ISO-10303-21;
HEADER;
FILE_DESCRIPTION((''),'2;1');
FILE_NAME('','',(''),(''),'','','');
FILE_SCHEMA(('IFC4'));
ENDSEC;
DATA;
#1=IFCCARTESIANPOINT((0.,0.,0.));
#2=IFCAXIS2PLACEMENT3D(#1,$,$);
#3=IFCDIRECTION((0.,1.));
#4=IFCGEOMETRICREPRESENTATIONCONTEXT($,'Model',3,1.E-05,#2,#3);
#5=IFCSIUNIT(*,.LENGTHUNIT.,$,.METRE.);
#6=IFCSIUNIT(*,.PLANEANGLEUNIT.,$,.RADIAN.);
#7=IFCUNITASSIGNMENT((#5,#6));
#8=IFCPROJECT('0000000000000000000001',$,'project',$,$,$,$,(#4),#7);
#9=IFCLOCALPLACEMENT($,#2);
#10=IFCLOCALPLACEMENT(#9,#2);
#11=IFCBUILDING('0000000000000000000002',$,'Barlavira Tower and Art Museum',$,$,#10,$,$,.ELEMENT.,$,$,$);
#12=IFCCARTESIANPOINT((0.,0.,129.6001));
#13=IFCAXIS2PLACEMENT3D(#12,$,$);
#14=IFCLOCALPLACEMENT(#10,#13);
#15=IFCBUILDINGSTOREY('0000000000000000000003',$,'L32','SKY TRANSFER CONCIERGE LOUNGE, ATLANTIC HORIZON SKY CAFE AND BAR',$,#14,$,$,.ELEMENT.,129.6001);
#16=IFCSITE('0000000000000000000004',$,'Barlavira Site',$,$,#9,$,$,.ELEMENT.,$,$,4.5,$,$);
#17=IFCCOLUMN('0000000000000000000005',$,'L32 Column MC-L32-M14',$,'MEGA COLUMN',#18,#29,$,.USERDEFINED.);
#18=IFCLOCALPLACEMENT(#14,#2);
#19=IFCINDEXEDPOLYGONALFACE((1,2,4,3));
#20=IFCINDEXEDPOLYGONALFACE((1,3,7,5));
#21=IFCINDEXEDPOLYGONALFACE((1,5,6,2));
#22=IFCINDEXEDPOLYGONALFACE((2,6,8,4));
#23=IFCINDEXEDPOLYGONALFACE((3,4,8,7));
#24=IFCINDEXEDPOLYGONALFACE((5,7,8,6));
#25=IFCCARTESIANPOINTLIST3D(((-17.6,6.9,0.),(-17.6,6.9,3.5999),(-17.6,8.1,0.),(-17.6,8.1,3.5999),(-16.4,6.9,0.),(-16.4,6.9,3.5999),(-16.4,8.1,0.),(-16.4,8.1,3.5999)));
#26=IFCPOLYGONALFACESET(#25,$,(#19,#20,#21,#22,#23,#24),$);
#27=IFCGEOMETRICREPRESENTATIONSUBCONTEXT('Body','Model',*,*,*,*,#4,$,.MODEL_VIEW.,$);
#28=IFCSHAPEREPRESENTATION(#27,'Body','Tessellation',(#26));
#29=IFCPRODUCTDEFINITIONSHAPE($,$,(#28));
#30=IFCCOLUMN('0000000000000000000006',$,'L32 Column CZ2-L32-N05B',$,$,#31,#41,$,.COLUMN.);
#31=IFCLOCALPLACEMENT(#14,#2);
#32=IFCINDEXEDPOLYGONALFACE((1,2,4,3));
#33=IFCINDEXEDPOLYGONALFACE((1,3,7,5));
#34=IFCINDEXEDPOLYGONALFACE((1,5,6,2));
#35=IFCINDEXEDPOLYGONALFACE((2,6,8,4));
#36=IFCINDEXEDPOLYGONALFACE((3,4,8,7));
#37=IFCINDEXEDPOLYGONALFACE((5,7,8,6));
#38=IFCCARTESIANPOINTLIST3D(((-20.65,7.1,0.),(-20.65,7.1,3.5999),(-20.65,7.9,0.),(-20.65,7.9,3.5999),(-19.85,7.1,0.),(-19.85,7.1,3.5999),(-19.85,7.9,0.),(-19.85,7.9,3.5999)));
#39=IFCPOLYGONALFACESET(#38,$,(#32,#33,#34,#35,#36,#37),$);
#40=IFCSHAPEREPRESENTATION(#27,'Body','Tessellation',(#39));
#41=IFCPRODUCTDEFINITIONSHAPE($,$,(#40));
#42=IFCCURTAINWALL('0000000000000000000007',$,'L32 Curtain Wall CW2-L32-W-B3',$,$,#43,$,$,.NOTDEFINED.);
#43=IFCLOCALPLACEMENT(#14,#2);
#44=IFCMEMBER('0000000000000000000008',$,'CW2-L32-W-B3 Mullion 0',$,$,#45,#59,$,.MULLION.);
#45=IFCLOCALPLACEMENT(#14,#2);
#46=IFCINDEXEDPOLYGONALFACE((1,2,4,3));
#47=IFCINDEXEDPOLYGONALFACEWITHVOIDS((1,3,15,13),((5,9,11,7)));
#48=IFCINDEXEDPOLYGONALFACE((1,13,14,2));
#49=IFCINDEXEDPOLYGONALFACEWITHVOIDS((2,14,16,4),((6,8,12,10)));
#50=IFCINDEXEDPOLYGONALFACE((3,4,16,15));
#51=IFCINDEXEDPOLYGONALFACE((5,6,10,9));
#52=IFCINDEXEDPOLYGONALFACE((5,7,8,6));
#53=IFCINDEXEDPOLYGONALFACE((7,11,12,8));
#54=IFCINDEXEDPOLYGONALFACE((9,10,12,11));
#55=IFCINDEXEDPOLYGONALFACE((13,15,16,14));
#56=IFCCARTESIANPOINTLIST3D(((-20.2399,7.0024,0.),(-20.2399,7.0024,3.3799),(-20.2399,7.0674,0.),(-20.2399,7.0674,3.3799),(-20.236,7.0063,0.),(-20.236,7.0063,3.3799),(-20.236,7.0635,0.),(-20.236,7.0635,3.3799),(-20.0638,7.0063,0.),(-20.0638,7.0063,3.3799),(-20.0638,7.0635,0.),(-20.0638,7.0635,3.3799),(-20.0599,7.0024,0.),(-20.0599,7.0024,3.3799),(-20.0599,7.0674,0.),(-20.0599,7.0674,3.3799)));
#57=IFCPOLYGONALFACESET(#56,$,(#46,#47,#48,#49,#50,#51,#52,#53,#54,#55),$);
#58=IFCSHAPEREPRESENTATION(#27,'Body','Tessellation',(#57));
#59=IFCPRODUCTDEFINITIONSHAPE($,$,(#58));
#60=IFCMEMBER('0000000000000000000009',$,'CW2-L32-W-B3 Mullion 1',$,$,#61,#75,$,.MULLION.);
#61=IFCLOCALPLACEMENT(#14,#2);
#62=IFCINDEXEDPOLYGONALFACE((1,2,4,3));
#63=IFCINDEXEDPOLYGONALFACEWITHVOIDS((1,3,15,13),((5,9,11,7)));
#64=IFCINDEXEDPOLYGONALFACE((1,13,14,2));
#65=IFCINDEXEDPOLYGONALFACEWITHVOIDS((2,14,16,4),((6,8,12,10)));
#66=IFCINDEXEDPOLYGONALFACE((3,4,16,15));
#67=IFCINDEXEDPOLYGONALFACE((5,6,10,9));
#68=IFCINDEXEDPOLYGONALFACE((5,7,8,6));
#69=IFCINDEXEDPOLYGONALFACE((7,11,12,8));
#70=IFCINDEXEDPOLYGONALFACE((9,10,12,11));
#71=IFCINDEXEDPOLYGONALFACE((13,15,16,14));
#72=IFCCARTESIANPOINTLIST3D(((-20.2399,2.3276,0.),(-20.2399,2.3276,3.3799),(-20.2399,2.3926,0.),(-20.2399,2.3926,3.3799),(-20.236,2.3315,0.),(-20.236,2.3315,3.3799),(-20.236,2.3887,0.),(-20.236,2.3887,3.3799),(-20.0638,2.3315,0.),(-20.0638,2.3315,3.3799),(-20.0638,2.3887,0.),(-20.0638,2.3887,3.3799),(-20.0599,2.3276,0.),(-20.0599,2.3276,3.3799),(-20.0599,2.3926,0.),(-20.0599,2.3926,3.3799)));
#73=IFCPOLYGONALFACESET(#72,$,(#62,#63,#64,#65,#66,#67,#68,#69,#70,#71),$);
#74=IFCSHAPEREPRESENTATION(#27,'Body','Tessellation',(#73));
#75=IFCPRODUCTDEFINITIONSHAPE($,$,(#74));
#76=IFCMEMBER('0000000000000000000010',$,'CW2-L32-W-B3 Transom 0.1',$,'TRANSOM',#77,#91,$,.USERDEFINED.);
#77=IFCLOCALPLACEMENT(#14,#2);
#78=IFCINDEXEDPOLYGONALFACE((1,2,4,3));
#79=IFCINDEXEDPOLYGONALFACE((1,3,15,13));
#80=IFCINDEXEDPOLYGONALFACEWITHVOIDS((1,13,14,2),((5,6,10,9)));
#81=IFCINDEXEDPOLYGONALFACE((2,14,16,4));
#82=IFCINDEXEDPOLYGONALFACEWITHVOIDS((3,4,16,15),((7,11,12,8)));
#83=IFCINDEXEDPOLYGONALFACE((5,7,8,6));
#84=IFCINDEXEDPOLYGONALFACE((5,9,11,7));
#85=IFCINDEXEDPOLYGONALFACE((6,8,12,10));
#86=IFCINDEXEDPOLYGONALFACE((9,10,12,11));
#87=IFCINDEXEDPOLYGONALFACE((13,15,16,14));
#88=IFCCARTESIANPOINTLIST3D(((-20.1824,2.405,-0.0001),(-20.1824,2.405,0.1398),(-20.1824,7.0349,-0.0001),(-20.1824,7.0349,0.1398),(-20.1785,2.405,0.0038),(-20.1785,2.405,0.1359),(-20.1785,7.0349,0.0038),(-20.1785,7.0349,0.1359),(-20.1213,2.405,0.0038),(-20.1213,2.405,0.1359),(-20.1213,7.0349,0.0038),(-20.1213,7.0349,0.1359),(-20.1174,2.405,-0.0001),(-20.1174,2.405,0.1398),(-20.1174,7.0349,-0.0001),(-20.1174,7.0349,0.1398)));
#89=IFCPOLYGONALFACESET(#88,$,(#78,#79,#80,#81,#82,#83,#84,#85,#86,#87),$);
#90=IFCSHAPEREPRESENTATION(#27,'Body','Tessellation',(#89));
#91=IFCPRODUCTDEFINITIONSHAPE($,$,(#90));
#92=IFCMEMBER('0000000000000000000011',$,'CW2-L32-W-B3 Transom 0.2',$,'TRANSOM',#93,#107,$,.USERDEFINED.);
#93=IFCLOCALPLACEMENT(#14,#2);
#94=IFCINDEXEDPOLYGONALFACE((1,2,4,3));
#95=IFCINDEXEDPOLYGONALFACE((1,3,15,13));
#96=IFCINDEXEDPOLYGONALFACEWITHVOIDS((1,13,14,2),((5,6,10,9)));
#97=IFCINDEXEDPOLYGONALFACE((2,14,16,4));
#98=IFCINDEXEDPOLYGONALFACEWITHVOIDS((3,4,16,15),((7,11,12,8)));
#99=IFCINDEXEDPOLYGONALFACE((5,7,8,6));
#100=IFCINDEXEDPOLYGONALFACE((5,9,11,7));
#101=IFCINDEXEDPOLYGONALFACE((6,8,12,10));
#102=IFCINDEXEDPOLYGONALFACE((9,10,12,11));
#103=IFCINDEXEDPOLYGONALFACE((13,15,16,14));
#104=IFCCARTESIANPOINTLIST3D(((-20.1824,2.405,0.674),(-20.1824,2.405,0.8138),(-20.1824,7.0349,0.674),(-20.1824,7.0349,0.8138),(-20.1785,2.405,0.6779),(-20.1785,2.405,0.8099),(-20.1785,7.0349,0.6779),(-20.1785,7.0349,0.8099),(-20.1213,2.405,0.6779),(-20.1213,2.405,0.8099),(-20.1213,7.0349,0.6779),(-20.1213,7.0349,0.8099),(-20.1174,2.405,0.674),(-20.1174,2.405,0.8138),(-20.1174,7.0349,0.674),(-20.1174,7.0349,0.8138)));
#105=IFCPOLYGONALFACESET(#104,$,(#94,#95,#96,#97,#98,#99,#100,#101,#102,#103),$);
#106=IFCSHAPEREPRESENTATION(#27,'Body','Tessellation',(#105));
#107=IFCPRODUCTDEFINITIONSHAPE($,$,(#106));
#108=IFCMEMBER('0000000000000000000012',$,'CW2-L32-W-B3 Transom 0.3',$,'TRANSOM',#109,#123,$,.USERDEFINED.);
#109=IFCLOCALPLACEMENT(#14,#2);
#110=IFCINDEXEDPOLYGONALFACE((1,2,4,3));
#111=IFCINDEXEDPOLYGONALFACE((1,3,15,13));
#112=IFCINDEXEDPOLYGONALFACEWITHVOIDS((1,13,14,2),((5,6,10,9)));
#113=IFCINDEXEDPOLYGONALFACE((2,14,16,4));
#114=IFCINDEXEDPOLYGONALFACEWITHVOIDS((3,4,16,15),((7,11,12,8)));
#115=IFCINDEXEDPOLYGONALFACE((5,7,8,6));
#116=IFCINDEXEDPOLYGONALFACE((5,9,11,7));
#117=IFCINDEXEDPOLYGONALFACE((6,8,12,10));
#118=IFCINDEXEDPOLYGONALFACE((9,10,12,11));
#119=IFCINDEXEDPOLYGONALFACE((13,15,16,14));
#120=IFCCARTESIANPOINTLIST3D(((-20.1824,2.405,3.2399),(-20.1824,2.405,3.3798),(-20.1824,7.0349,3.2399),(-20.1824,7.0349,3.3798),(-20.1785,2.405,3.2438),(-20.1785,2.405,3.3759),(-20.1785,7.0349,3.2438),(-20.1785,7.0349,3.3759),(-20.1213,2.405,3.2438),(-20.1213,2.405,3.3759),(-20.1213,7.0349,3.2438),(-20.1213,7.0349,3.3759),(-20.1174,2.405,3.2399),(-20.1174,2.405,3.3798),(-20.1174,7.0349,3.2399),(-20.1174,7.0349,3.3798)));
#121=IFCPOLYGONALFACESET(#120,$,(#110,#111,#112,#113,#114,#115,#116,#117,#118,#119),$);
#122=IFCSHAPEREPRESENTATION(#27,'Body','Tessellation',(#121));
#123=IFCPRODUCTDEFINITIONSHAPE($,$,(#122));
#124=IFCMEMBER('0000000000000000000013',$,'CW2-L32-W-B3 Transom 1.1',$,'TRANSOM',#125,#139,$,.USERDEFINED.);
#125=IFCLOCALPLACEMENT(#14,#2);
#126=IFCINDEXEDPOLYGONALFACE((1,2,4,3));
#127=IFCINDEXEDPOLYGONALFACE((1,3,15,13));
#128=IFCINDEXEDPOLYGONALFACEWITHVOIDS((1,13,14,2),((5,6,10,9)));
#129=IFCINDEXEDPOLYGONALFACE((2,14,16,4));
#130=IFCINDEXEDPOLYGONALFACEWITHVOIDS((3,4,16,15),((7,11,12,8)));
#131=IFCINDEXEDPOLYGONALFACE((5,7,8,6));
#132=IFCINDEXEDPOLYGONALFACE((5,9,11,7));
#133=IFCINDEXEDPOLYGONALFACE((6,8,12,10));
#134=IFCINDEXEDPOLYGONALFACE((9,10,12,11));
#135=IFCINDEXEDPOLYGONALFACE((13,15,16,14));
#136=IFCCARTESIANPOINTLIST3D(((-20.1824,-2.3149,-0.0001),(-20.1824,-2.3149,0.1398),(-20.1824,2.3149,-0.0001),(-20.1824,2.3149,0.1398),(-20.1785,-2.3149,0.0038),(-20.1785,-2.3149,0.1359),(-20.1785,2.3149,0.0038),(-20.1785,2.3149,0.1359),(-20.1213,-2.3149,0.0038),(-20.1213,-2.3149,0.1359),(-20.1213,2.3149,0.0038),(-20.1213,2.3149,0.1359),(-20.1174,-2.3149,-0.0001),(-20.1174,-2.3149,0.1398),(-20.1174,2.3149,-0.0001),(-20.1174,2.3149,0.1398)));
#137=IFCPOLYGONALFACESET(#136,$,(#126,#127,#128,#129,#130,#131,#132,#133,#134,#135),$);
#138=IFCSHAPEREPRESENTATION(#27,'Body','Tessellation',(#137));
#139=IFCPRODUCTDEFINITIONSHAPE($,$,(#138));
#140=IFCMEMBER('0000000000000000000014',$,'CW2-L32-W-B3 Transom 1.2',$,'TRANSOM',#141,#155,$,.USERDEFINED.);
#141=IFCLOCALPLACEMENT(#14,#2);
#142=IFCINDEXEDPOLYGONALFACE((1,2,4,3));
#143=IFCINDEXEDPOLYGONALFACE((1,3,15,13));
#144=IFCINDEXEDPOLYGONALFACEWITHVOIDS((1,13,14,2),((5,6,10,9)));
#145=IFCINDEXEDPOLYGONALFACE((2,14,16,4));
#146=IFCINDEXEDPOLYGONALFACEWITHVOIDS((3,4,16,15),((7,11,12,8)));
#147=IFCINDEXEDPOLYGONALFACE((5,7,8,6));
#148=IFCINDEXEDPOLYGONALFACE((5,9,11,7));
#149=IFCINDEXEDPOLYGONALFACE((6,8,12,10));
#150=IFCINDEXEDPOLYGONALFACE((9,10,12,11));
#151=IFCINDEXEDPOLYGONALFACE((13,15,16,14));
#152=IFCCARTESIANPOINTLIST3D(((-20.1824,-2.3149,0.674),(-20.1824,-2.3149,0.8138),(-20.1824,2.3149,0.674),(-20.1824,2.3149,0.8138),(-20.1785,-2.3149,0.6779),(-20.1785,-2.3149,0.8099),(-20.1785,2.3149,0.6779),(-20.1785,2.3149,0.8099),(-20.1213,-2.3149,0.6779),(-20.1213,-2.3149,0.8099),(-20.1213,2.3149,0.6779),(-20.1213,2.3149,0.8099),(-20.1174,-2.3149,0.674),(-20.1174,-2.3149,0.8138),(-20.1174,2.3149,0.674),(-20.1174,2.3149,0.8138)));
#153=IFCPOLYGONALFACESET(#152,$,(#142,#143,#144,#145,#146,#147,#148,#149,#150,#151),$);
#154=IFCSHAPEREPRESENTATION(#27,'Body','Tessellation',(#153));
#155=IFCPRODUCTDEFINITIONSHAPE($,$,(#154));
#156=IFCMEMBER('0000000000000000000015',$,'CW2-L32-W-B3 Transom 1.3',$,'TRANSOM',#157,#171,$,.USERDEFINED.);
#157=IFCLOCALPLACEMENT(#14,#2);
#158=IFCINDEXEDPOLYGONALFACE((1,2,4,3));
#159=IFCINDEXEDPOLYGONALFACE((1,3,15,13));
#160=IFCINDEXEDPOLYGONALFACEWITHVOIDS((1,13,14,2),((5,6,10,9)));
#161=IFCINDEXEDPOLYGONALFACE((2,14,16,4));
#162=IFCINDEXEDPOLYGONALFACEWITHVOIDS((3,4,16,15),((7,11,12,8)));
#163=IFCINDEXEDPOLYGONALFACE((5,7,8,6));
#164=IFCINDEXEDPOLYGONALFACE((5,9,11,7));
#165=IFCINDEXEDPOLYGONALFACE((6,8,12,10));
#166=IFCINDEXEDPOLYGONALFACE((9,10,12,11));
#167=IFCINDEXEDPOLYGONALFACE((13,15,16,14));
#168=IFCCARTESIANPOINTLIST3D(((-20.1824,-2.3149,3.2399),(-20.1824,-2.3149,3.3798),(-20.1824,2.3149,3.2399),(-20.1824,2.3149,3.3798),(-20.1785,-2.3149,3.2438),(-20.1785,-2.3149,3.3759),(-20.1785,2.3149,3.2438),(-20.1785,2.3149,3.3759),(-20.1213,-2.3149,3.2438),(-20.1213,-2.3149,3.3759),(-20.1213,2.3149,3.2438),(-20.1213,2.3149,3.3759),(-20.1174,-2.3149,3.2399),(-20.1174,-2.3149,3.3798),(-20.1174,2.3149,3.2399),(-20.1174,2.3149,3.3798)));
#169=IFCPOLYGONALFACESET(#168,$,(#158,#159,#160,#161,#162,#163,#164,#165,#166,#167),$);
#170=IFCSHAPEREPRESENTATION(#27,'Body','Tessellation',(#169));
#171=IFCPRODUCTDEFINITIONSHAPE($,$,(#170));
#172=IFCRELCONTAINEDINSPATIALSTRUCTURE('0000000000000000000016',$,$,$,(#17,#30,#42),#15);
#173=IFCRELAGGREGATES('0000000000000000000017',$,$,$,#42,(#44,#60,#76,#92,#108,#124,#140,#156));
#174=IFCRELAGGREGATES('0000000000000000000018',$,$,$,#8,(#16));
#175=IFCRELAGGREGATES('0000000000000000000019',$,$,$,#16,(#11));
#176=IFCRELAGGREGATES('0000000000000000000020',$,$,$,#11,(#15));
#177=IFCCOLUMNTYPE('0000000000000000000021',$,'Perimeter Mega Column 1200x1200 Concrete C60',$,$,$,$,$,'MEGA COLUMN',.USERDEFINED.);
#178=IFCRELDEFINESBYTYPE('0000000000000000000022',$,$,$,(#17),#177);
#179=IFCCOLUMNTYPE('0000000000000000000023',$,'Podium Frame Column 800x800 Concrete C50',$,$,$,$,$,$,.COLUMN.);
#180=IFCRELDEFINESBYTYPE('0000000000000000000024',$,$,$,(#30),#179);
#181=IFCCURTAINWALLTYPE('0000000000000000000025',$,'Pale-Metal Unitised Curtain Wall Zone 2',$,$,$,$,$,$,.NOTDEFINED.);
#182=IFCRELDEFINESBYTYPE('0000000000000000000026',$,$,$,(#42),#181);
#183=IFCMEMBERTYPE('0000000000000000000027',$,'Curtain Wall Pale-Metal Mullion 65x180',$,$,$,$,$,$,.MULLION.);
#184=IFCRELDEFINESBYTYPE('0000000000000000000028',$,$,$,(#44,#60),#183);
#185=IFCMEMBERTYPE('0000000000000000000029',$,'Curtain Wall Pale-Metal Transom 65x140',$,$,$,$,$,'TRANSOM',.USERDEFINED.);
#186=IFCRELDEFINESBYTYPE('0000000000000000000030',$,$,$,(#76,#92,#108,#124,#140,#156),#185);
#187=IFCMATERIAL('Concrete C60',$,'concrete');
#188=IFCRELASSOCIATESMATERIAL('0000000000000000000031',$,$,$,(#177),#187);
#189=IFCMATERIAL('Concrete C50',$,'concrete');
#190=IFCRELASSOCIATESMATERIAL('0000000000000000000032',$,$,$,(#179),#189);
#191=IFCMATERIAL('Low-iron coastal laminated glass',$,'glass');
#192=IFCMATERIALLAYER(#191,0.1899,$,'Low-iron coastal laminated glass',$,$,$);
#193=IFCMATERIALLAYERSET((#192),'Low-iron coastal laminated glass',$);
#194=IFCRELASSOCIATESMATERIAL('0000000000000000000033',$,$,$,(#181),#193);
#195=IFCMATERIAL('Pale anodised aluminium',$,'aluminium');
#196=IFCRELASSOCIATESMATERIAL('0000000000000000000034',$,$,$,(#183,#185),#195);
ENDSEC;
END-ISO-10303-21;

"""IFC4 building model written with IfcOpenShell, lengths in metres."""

from ifc_helpers import new_model, si_unit, direction, frame, origin, origin_2d, place, context, subcontext, project, spatial, rectangle, hollow_rectangle, extrude, material, layer, layer_set, material_profile, profile_set, type_object, element, aggregate, save


model = new_model("IFC4")

# Units and contexts
model_context = context("Model", 3, precision=1e-05, world=origin(), true_north=direction((0.0, 1.0)))
body_context = subcontext(model_context, "Body", "Model", "MODEL_VIEW")
ifc_project = project(units=[si_unit("LENGTHUNIT", "METRE"), si_unit("PLANEANGLEUNIT", "RADIAN")], contexts=[model_context])

# Site, building, storey
site_placement = place(None, origin())
site = spatial("IfcSite", under=ifc_project, at=site_placement, Name="Barlavira Site", CompositionType="ELEMENT", RefElevation=4.5)
building_placement = place(site_placement, origin())
building = spatial("IfcBuilding", under=site, at=building_placement, Name="Barlavira Tower and Art Museum", CompositionType="ELEMENT")
storey_placement = place(building_placement, frame((0.0, 0.0, 129.6001)))
storey = spatial("IfcBuildingStorey", under=building, at=storey_placement, Name="L32", Description="SKY TRANSFER CONCIERGE LOUNGE, ATLANTIC HORIZON SKY CAFE AND BAR", CompositionType="ELEMENT", Elevation=129.6001)

# Columns
ifc_material_1 = material(Name="Concrete C60", Category="concrete")
ifc_material_profile_1 = material_profile(ifc_material_1, rectangle(XDim=1.2, YDim=1.2, at=origin_2d()), Name="RC-COL 1200x1200")
ifc_profile_set_1 = profile_set([ifc_material_profile_1], Name="Concrete C60")
column_type_1 = type_object("IfcColumnType", Name="Perimeter Mega Column 1200x1200 Concrete C60", ElementType="MEGA COLUMN", PredefinedType="USERDEFINED", material=ifc_profile_set_1)
column_1_placement = place(storey_placement, frame((-17.0, 7.5, 0.0), z_axis=(0.0, 0.0, 1.0), x_axis=(1.0, 0.0, 0.0)))
element("IfcColumn", 1, at=column_1_placement, inside=storey, type_object=column_type_1, Name="L32 Column MC-L32-M14", ObjectType="MEGA COLUMN", PredefinedType="USERDEFINED", context=body_context, shape_type="SweptSolid", body=[
    extrude(rectangle(XDim=1.2, YDim=1.2, at=origin_2d()), origin(), (0.0, 0.0, 1.0), 3.5999),
])
ifc_material_2 = material(Name="Concrete C50", Category="concrete")
ifc_material_profile_2 = material_profile(ifc_material_2, rectangle(XDim=0.8, YDim=0.8, at=origin_2d()), Name="RC-COL 800x800")
ifc_profile_set_2 = profile_set([ifc_material_profile_2], Name="Concrete C50")
column_type_2 = type_object("IfcColumnType", Name="Podium Frame Column 800x800 Concrete C50", PredefinedType="COLUMN", material=ifc_profile_set_2)
column_2_placement = place(storey_placement, frame((-20.25, 7.5, 0.0), z_axis=(0.0, 0.0, 1.0), x_axis=(1.0, 0.0, 0.0)))
element("IfcColumn", 2, at=column_2_placement, inside=storey, type_object=column_type_2, Name="L32 Column CZ2-L32-N05B", PredefinedType="COLUMN", context=body_context, shape_type="SweptSolid", body=[
    extrude(rectangle(XDim=0.8, YDim=0.8, at=origin_2d()), origin(), (0.0, 0.0, 1.0), 3.5999),
])

# Curtain wall, members
ifc_material_3 = material(Name="Low-iron coastal laminated glass", Category="glass")
ifc_layer_1 = layer(ifc_material_3, 0.1899, Name="Low-iron coastal laminated glass")
ifc_layer_set_1 = layer_set([ifc_layer_1], Name="Low-iron coastal laminated glass")
curtain_wall_type = type_object("IfcCurtainWallType", Name="Pale-Metal Unitised Curtain Wall Zone 2", PredefinedType="NOTDEFINED", material=ifc_layer_set_1)
curtain_wall_placement = place(storey_placement, origin())
curtain_wall = element("IfcCurtainWall", 3, at=curtain_wall_placement, inside=storey, type_object=curtain_wall_type, Name="L32 Curtain Wall CW2-L32-W-B3", PredefinedType="NOTDEFINED")
ifc_material_4 = material(Name="Pale anodised aluminium", Category="aluminium")
ifc_material_profile_3 = material_profile(ifc_material_4, hollow_rectangle(XDim=0.0649, YDim=0.1799, WallThickness=0.0039, at=origin_2d()), Name="ALU-MULL 65x180x4")
ifc_profile_set_3 = profile_set([ifc_material_profile_3], Name="Pale anodised aluminium")
member_type_1 = type_object("IfcMemberType", Name="Curtain Wall Pale-Metal Mullion 65x180", PredefinedType="MULLION", material=ifc_profile_set_3)
member_1_placement = place(storey_placement, frame((-20.1499, 7.0349, 0.0), z_axis=(0.0, 0.0, 1.0), x_axis=(0.0, -1.0, 0.0)))
member_1 = element("IfcMember", 4, at=member_1_placement, type_object=member_type_1, Name="CW2-L32-W-B3 Mullion 0", PredefinedType="MULLION", context=body_context, shape_type="SweptSolid", body=[
    extrude(hollow_rectangle(XDim=0.0649, YDim=0.1799, WallThickness=0.0039, at=origin_2d()), origin(), (0.0, 0.0, 1.0), 3.3799),
])
member_2_placement = place(storey_placement, frame((-20.1499, 2.3601, 0.0), z_axis=(0.0, 0.0, 1.0), x_axis=(0.0, -1.0, 0.0)))
member_2 = element("IfcMember", 5, at=member_2_placement, type_object=member_type_1, Name="CW2-L32-W-B3 Mullion 1", PredefinedType="MULLION", context=body_context, shape_type="SweptSolid", body=[
    extrude(hollow_rectangle(XDim=0.0649, YDim=0.1799, WallThickness=0.0039, at=origin_2d()), origin(), (0.0, 0.0, 1.0), 3.3799),
])
ifc_material_profile_4 = material_profile(ifc_material_4, hollow_rectangle(XDim=0.0649, YDim=0.1399, WallThickness=0.0039, at=origin_2d()), Name="ALU-TRAN 65x140x4")
ifc_profile_set_4 = profile_set([ifc_material_profile_4], Name="Pale anodised aluminium")
member_type_2 = type_object("IfcMemberType", Name="Curtain Wall Pale-Metal Transom 65x140", ElementType="TRANSOM", PredefinedType="USERDEFINED", material=ifc_profile_set_4)
member_3_placement = place(storey_placement, frame((-20.1499, 7.0349, 0.0698), z_axis=(0.0, -1.0, 0.0), x_axis=(1.0, 0.0, 0.0)))
member_3 = element("IfcMember", 6, at=member_3_placement, type_object=member_type_2, Name="CW2-L32-W-B3 Transom 0.1", ObjectType="TRANSOM", PredefinedType="USERDEFINED", context=body_context, shape_type="SweptSolid", body=[
    extrude(hollow_rectangle(XDim=0.0649, YDim=0.1399, WallThickness=0.0039, at=origin_2d()), origin(), (0.0, 0.0, 1.0), 4.6299),
])
member_4_placement = place(storey_placement, frame((-20.1499, 7.0349, 0.7439), z_axis=(0.0, -1.0, 0.0), x_axis=(1.0, 0.0, 0.0)))
member_4 = element("IfcMember", 7, at=member_4_placement, type_object=member_type_2, Name="CW2-L32-W-B3 Transom 0.2", ObjectType="TRANSOM", PredefinedType="USERDEFINED", context=body_context, shape_type="SweptSolid", body=[
    extrude(hollow_rectangle(XDim=0.0649, YDim=0.1399, WallThickness=0.0039, at=origin_2d()), origin(), (0.0, 0.0, 1.0), 4.6299),
])
member_5_placement = place(storey_placement, frame((-20.1499, 7.0349, 3.3098), z_axis=(0.0, -1.0, 0.0), x_axis=(1.0, 0.0, 0.0)))
member_5 = element("IfcMember", 8, at=member_5_placement, type_object=member_type_2, Name="CW2-L32-W-B3 Transom 0.3", ObjectType="TRANSOM", PredefinedType="USERDEFINED", context=body_context, shape_type="SweptSolid", body=[
    extrude(hollow_rectangle(XDim=0.0649, YDim=0.1399, WallThickness=0.0039, at=origin_2d()), origin(), (0.0, 0.0, 1.0), 4.6299),
])
member_6_placement = place(storey_placement, frame((-20.1499, 2.3149, 0.0698), z_axis=(0.0, -1.0, 0.0), x_axis=(1.0, 0.0, 0.0)))
member_6 = element("IfcMember", 9, at=member_6_placement, type_object=member_type_2, Name="CW2-L32-W-B3 Transom 1.1", ObjectType="TRANSOM", PredefinedType="USERDEFINED", context=body_context, shape_type="SweptSolid", body=[
    extrude(hollow_rectangle(XDim=0.0649, YDim=0.1399, WallThickness=0.0039, at=origin_2d()), origin(), (0.0, 0.0, 1.0), 4.6299),
])
member_7_placement = place(storey_placement, frame((-20.1499, 2.3149, 0.7439), z_axis=(0.0, -1.0, 0.0), x_axis=(1.0, 0.0, 0.0)))
member_7 = element("IfcMember", 10, at=member_7_placement, type_object=member_type_2, Name="CW2-L32-W-B3 Transom 1.2", ObjectType="TRANSOM", PredefinedType="USERDEFINED", context=body_context, shape_type="SweptSolid", body=[
    extrude(hollow_rectangle(XDim=0.0649, YDim=0.1399, WallThickness=0.0039, at=origin_2d()), origin(), (0.0, 0.0, 1.0), 4.6299),
])
member_8_placement = place(storey_placement, frame((-20.1499, 2.3149, 3.3098), z_axis=(0.0, -1.0, 0.0), x_axis=(1.0, 0.0, 0.0)))
member_8 = element("IfcMember", 11, at=member_8_placement, type_object=member_type_2, Name="CW2-L32-W-B3 Transom 1.3", ObjectType="TRANSOM", PredefinedType="USERDEFINED", context=body_context, shape_type="SweptSolid", body=[
    extrude(hollow_rectangle(XDim=0.0649, YDim=0.1399, WallThickness=0.0039, at=origin_2d()), origin(), (0.0, 0.0, 1.0), 4.6299),
])

aggregate(curtain_wall, [member_1, member_2, member_3, member_4, member_5, member_6, member_7, member_8])

save(model, "model.ifc")
